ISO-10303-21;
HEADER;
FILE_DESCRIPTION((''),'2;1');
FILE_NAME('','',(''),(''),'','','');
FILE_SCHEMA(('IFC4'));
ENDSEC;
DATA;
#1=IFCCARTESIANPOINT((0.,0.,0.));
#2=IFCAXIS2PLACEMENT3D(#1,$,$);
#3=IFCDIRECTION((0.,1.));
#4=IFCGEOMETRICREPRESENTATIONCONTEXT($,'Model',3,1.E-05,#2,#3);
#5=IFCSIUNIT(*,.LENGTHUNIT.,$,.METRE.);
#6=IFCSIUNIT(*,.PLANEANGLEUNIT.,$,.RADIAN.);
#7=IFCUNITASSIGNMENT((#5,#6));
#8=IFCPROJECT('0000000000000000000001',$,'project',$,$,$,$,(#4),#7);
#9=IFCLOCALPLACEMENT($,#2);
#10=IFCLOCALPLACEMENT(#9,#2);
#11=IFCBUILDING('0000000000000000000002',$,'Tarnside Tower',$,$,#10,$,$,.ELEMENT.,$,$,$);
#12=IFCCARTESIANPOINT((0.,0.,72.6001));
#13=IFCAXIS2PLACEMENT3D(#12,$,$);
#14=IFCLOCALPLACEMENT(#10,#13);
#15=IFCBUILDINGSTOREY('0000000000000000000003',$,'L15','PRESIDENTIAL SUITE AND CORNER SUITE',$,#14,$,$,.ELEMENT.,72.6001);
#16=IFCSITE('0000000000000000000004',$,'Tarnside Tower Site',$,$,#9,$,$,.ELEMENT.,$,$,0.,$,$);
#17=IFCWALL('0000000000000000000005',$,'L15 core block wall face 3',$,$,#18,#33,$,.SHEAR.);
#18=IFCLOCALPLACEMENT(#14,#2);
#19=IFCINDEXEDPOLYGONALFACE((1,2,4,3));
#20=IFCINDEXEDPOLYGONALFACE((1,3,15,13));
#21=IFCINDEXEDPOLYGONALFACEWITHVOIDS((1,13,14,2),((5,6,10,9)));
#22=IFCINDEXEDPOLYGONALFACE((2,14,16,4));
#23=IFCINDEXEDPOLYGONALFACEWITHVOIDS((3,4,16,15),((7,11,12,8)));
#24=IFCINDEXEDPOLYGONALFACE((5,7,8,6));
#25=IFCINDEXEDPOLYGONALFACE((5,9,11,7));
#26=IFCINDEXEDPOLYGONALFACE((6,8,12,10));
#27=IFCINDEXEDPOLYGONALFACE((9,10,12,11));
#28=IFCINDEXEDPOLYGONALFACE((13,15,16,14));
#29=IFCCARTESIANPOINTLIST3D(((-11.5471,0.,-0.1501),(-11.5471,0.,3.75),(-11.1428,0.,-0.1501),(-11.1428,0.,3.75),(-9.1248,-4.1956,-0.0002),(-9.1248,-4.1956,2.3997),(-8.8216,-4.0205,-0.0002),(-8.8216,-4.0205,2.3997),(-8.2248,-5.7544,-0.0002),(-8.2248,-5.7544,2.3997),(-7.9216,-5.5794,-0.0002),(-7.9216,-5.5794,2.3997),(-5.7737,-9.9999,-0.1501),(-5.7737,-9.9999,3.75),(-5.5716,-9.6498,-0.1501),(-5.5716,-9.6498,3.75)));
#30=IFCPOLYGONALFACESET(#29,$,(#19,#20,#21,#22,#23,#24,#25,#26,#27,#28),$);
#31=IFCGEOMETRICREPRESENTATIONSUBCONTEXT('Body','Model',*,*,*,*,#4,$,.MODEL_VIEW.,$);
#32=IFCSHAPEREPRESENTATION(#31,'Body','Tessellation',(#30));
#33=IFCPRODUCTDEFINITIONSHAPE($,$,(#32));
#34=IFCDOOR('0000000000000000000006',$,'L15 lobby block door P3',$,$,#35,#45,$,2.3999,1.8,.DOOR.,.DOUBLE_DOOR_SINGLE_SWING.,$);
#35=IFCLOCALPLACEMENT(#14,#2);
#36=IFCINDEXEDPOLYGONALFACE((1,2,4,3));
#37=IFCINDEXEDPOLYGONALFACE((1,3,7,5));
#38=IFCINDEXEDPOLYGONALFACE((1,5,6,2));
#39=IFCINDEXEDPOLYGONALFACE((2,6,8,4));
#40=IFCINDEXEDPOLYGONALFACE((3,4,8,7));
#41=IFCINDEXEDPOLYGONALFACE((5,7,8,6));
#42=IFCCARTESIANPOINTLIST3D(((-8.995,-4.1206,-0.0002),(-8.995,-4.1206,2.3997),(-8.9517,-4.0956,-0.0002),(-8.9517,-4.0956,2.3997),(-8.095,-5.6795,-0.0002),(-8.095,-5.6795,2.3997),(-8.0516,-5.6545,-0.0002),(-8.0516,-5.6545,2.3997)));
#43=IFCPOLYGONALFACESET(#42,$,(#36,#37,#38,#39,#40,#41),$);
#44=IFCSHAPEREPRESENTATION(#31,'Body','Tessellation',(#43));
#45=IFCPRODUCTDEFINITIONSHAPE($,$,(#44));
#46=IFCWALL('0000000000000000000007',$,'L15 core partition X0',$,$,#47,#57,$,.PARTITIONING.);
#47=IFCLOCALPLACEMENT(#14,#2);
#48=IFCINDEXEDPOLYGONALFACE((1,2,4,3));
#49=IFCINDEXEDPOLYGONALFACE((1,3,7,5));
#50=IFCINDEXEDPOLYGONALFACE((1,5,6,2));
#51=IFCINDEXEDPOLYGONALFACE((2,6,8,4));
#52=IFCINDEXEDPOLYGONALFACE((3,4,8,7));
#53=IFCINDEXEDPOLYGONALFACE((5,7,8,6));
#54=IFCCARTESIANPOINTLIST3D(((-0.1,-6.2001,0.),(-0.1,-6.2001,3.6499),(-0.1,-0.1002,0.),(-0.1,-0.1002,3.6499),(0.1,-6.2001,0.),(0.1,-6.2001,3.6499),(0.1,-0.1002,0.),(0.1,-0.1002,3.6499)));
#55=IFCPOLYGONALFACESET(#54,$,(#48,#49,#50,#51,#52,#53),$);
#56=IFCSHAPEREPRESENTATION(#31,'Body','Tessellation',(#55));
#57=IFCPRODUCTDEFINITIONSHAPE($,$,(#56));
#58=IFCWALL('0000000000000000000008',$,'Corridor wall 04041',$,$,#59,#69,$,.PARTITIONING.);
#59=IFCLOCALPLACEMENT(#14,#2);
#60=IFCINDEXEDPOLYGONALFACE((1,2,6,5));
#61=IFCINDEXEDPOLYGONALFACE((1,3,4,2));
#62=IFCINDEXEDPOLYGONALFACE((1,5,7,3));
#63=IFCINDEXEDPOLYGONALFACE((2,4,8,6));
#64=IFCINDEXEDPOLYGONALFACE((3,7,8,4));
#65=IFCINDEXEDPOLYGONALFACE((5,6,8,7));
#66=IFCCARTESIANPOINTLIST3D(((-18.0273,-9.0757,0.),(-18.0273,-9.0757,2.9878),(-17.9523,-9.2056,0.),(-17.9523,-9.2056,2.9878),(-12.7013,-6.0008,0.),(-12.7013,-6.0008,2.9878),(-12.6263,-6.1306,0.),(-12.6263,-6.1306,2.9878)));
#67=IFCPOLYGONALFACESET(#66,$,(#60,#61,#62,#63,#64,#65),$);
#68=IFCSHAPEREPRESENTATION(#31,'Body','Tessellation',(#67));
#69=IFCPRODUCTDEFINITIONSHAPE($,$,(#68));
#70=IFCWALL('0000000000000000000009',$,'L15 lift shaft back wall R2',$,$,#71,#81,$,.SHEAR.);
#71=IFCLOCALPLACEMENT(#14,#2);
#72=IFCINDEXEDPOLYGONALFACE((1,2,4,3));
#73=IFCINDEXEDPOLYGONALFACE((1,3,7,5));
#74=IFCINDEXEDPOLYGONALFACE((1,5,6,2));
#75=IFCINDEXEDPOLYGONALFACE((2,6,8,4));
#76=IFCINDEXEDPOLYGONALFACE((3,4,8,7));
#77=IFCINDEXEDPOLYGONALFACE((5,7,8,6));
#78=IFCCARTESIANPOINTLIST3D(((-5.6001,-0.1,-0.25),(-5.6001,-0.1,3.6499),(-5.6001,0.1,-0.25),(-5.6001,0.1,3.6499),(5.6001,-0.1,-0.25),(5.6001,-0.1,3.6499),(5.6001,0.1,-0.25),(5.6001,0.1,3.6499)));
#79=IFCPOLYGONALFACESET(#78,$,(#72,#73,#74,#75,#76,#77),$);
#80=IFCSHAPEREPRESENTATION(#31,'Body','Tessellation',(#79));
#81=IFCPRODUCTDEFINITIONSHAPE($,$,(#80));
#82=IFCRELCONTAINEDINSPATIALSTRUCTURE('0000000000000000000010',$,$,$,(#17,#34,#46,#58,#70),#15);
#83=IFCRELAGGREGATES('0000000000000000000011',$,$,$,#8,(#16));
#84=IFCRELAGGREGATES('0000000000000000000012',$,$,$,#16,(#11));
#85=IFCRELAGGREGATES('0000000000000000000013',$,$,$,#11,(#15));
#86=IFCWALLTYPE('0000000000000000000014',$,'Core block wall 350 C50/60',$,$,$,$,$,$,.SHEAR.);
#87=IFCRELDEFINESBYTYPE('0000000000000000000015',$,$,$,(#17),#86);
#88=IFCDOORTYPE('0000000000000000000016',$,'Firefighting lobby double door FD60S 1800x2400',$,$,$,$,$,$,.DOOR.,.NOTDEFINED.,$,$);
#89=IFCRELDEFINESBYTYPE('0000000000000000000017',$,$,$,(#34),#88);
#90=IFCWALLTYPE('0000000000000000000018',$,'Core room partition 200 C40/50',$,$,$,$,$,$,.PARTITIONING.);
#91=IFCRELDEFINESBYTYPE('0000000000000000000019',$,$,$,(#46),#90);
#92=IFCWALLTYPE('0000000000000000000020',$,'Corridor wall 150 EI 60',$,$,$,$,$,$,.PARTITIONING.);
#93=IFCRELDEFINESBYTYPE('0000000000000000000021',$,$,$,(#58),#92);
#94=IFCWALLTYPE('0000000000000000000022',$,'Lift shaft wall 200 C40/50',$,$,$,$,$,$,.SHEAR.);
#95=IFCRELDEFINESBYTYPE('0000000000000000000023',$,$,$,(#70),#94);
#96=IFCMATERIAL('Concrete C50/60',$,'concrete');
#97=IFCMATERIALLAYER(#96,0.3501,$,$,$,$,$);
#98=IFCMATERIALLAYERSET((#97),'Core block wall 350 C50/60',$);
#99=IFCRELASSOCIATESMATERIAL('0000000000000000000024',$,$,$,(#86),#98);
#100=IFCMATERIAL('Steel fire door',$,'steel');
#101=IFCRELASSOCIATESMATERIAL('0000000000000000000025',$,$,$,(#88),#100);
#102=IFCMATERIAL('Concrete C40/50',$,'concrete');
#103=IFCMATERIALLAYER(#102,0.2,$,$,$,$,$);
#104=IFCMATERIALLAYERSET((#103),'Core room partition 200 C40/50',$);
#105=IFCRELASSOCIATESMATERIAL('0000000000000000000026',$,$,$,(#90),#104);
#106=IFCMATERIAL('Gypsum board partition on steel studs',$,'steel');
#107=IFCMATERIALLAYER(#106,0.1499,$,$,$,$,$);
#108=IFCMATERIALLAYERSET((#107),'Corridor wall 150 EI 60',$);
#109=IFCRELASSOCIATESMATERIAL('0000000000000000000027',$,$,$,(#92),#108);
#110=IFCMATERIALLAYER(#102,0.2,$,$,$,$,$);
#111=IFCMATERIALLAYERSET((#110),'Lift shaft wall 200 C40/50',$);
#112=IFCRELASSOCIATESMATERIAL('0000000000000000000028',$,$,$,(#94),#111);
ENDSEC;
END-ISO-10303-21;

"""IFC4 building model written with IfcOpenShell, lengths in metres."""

from ifc_helpers import new_model, si_unit, direction, frame, frame_2d, origin, place, context, subcontext, project, spatial, polyline, rectangle, outline, extrude, material, layer, layer_set, type_object, element, fill, save


model = new_model("IFC4")

# Units and contexts
model_context = context("Model", 3, precision=1e-05, world=origin(), true_north=direction((0.0, 1.0)))
body_context = subcontext(model_context, "Body", "Model", "MODEL_VIEW")
ifc_project = project(units=[si_unit("LENGTHUNIT", "METRE"), si_unit("PLANEANGLEUNIT", "RADIAN")], contexts=[model_context])

# Site, building, storey
site_placement = place(None, origin())
site = spatial("IfcSite", under=ifc_project, at=site_placement, Name="Tarnside Tower Site", CompositionType="ELEMENT", RefElevation=0.0)
building_placement = place(site_placement, origin())
building = spatial("IfcBuilding", under=site, at=building_placement, Name="Tarnside Tower", CompositionType="ELEMENT")
storey_placement = place(building_placement, frame((0.0, 0.0, 72.6001)))
storey = spatial("IfcBuildingStorey", under=building, at=storey_placement, Name="L15", Description="PRESIDENTIAL SUITE AND CORNER SUITE", CompositionType="ELEMENT", Elevation=72.6001)

# Wall, opening, door
ifc_material_1 = material(Name="Concrete C50/60", Category="concrete")
ifc_layer_1 = layer(ifc_material_1, 0.3501)
ifc_layer_set_1 = layer_set([ifc_layer_1], Name="Core block wall 350 C50/60")
wall_type_1 = type_object("IfcWallType", Name="Core block wall 350 C50/60", PredefinedType="SHEAR", material=ifc_layer_set_1)
wall_1_placement = place(storey_placement, frame((-11.345, 0.0, -0.1501), z_axis=(0.0, 0.0, 1.0), x_axis=(0.499995, -0.866028, 0.0)))
wall_1 = element("IfcWall", 1, at=wall_1_placement, inside=storey, type_object=wall_type_1, Name="L15 core block wall face 3", PredefinedType="SHEAR", context=body_context, shape_type="SweptSolid", body=[
    extrude(outline(polyline([(-0.1011, -0.175), (11.4458, -0.175), (11.2437, 0.175), (0.1011, 0.175), (-0.1011, -0.175)])), origin(), (0.0, 0.0, 1.0), 3.9001),
])
opening_1_placement = place(wall_1_placement, frame((4.7437, 0.0, 0.1499)))
opening_1 = element("IfcOpeningElement", 2, at=opening_1_placement, cuts=wall_1, PredefinedType="OPENING", context=body_context, shape_type="SweptSolid", body=[
    extrude(rectangle(XDim=1.8, YDim=2.3999, at=frame_2d((0.8999, 1.2))), frame((0.0, 0.1851, 0.0), z_axis=(0.0, -1.0, 0.0), x_axis=(1.0, 0.0, 0.0)), (0.0, 0.0, 1.0), 0.3701),
])
ifc_material_2 = material(Name="Steel fire door", Category="steel")
door_type_1 = type_object("IfcDoorType", Name="Firefighting lobby double door FD60S 1800x2400", OperationType="NOTDEFINED", PredefinedType="DOOR", material=ifc_material_2)
door_1_placement = place(opening_1_placement, origin())
door_1 = element("IfcDoor", 3, at=door_1_placement, inside=storey, type_object=door_type_1, Name="L15 lobby block door P3", OperationType="DOUBLE_DOOR_SINGLE_SWING", OverallHeight=2.3999, OverallWidth=1.8, PredefinedType="DOOR", context=body_context, shape_type="SweptSolid", body=[
    extrude(rectangle(XDim=1.8, YDim=2.3999, at=frame_2d((0.8999, 1.2))), frame((0.0, 0.0249, 0.0), z_axis=(0.0, -1.0, 0.0), x_axis=(1.0, 0.0, 0.0)), (0.0, 0.0, 1.0), 0.05),
])
fill(opening_1, door_1)

# Walls
ifc_material_3 = material(Name="Concrete C40/50", Category="concrete")
ifc_layer_2 = layer(ifc_material_3, 0.2)
ifc_layer_set_2 = layer_set([ifc_layer_2], Name="Core room partition 200 C40/50")
wall_type_2 = type_object("IfcWallType", Name="Core room partition 200 C40/50", PredefinedType="PARTITIONING", material=ifc_layer_set_2)
wall_2_placement = place(storey_placement, frame((0.0, -6.2, 0.0), z_axis=(0.0, 0.0, 1.0), x_axis=(0.0, 1.0, 0.0)))
element("IfcWall", 4, at=wall_2_placement, inside=storey, type_object=wall_type_2, Name="L15 core partition X0", PredefinedType="PARTITIONING", context=body_context, shape_type="SweptSolid", body=[
    extrude(rectangle(XDim=6.0999, YDim=0.2, at=frame_2d((3.0498, 0.0))), origin(), (0.0, 0.0, 1.0), 3.6499),
])
ifc_material_4 = material(Name="Gypsum board partition on steel studs", Category="steel")
ifc_layer_3 = layer(ifc_material_4, 0.1499)
ifc_layer_set_3 = layer_set([ifc_layer_3], Name="Corridor wall 150 EI 60")
wall_type_3 = type_object("IfcWallType", Name="Corridor wall 150 EI 60", PredefinedType="PARTITIONING", material=ifc_layer_set_3)
wall_3_placement = place(storey_placement, frame((-12.6638, -6.0657, 0.0), z_axis=(0.0, 0.0, 1.0), x_axis=(-0.866024, -0.500003, 0.0)))
element("IfcWall", 5, at=wall_3_placement, inside=storey, type_object=wall_type_3, Name="Corridor wall 04041", PredefinedType="PARTITIONING", context=body_context, shape_type="SweptSolid", body=[
    extrude(rectangle(XDim=6.1499, YDim=0.1499, at=frame_2d((3.075, 0.0))), origin(), (0.0, 0.0, 1.0), 2.9878),
])
ifc_layer_4 = layer(ifc_material_3, 0.2)
ifc_layer_set_4 = layer_set([ifc_layer_4], Name="Lift shaft wall 200 C40/50")
wall_type_4 = type_object("IfcWallType", Name="Lift shaft wall 200 C40/50", PredefinedType="SHEAR", material=ifc_layer_set_4)
wall_4_placement = place(storey_placement, frame((-5.6001, 0.0, -0.25), z_axis=(0.0, 0.0, 1.0), x_axis=(1.0, 0.0, 0.0)))
element("IfcWall", 6, at=wall_4_placement, inside=storey, type_object=wall_type_4, Name="L15 lift shaft back wall R2", PredefinedType="SHEAR", context=body_context, shape_type="SweptSolid", body=[
    extrude(rectangle(XDim=11.2002, YDim=0.2, at=frame_2d((5.6001, 0.0))), origin(), (0.0, 0.0, 1.0), 3.8999),
])

save(model, "model.ifc")
